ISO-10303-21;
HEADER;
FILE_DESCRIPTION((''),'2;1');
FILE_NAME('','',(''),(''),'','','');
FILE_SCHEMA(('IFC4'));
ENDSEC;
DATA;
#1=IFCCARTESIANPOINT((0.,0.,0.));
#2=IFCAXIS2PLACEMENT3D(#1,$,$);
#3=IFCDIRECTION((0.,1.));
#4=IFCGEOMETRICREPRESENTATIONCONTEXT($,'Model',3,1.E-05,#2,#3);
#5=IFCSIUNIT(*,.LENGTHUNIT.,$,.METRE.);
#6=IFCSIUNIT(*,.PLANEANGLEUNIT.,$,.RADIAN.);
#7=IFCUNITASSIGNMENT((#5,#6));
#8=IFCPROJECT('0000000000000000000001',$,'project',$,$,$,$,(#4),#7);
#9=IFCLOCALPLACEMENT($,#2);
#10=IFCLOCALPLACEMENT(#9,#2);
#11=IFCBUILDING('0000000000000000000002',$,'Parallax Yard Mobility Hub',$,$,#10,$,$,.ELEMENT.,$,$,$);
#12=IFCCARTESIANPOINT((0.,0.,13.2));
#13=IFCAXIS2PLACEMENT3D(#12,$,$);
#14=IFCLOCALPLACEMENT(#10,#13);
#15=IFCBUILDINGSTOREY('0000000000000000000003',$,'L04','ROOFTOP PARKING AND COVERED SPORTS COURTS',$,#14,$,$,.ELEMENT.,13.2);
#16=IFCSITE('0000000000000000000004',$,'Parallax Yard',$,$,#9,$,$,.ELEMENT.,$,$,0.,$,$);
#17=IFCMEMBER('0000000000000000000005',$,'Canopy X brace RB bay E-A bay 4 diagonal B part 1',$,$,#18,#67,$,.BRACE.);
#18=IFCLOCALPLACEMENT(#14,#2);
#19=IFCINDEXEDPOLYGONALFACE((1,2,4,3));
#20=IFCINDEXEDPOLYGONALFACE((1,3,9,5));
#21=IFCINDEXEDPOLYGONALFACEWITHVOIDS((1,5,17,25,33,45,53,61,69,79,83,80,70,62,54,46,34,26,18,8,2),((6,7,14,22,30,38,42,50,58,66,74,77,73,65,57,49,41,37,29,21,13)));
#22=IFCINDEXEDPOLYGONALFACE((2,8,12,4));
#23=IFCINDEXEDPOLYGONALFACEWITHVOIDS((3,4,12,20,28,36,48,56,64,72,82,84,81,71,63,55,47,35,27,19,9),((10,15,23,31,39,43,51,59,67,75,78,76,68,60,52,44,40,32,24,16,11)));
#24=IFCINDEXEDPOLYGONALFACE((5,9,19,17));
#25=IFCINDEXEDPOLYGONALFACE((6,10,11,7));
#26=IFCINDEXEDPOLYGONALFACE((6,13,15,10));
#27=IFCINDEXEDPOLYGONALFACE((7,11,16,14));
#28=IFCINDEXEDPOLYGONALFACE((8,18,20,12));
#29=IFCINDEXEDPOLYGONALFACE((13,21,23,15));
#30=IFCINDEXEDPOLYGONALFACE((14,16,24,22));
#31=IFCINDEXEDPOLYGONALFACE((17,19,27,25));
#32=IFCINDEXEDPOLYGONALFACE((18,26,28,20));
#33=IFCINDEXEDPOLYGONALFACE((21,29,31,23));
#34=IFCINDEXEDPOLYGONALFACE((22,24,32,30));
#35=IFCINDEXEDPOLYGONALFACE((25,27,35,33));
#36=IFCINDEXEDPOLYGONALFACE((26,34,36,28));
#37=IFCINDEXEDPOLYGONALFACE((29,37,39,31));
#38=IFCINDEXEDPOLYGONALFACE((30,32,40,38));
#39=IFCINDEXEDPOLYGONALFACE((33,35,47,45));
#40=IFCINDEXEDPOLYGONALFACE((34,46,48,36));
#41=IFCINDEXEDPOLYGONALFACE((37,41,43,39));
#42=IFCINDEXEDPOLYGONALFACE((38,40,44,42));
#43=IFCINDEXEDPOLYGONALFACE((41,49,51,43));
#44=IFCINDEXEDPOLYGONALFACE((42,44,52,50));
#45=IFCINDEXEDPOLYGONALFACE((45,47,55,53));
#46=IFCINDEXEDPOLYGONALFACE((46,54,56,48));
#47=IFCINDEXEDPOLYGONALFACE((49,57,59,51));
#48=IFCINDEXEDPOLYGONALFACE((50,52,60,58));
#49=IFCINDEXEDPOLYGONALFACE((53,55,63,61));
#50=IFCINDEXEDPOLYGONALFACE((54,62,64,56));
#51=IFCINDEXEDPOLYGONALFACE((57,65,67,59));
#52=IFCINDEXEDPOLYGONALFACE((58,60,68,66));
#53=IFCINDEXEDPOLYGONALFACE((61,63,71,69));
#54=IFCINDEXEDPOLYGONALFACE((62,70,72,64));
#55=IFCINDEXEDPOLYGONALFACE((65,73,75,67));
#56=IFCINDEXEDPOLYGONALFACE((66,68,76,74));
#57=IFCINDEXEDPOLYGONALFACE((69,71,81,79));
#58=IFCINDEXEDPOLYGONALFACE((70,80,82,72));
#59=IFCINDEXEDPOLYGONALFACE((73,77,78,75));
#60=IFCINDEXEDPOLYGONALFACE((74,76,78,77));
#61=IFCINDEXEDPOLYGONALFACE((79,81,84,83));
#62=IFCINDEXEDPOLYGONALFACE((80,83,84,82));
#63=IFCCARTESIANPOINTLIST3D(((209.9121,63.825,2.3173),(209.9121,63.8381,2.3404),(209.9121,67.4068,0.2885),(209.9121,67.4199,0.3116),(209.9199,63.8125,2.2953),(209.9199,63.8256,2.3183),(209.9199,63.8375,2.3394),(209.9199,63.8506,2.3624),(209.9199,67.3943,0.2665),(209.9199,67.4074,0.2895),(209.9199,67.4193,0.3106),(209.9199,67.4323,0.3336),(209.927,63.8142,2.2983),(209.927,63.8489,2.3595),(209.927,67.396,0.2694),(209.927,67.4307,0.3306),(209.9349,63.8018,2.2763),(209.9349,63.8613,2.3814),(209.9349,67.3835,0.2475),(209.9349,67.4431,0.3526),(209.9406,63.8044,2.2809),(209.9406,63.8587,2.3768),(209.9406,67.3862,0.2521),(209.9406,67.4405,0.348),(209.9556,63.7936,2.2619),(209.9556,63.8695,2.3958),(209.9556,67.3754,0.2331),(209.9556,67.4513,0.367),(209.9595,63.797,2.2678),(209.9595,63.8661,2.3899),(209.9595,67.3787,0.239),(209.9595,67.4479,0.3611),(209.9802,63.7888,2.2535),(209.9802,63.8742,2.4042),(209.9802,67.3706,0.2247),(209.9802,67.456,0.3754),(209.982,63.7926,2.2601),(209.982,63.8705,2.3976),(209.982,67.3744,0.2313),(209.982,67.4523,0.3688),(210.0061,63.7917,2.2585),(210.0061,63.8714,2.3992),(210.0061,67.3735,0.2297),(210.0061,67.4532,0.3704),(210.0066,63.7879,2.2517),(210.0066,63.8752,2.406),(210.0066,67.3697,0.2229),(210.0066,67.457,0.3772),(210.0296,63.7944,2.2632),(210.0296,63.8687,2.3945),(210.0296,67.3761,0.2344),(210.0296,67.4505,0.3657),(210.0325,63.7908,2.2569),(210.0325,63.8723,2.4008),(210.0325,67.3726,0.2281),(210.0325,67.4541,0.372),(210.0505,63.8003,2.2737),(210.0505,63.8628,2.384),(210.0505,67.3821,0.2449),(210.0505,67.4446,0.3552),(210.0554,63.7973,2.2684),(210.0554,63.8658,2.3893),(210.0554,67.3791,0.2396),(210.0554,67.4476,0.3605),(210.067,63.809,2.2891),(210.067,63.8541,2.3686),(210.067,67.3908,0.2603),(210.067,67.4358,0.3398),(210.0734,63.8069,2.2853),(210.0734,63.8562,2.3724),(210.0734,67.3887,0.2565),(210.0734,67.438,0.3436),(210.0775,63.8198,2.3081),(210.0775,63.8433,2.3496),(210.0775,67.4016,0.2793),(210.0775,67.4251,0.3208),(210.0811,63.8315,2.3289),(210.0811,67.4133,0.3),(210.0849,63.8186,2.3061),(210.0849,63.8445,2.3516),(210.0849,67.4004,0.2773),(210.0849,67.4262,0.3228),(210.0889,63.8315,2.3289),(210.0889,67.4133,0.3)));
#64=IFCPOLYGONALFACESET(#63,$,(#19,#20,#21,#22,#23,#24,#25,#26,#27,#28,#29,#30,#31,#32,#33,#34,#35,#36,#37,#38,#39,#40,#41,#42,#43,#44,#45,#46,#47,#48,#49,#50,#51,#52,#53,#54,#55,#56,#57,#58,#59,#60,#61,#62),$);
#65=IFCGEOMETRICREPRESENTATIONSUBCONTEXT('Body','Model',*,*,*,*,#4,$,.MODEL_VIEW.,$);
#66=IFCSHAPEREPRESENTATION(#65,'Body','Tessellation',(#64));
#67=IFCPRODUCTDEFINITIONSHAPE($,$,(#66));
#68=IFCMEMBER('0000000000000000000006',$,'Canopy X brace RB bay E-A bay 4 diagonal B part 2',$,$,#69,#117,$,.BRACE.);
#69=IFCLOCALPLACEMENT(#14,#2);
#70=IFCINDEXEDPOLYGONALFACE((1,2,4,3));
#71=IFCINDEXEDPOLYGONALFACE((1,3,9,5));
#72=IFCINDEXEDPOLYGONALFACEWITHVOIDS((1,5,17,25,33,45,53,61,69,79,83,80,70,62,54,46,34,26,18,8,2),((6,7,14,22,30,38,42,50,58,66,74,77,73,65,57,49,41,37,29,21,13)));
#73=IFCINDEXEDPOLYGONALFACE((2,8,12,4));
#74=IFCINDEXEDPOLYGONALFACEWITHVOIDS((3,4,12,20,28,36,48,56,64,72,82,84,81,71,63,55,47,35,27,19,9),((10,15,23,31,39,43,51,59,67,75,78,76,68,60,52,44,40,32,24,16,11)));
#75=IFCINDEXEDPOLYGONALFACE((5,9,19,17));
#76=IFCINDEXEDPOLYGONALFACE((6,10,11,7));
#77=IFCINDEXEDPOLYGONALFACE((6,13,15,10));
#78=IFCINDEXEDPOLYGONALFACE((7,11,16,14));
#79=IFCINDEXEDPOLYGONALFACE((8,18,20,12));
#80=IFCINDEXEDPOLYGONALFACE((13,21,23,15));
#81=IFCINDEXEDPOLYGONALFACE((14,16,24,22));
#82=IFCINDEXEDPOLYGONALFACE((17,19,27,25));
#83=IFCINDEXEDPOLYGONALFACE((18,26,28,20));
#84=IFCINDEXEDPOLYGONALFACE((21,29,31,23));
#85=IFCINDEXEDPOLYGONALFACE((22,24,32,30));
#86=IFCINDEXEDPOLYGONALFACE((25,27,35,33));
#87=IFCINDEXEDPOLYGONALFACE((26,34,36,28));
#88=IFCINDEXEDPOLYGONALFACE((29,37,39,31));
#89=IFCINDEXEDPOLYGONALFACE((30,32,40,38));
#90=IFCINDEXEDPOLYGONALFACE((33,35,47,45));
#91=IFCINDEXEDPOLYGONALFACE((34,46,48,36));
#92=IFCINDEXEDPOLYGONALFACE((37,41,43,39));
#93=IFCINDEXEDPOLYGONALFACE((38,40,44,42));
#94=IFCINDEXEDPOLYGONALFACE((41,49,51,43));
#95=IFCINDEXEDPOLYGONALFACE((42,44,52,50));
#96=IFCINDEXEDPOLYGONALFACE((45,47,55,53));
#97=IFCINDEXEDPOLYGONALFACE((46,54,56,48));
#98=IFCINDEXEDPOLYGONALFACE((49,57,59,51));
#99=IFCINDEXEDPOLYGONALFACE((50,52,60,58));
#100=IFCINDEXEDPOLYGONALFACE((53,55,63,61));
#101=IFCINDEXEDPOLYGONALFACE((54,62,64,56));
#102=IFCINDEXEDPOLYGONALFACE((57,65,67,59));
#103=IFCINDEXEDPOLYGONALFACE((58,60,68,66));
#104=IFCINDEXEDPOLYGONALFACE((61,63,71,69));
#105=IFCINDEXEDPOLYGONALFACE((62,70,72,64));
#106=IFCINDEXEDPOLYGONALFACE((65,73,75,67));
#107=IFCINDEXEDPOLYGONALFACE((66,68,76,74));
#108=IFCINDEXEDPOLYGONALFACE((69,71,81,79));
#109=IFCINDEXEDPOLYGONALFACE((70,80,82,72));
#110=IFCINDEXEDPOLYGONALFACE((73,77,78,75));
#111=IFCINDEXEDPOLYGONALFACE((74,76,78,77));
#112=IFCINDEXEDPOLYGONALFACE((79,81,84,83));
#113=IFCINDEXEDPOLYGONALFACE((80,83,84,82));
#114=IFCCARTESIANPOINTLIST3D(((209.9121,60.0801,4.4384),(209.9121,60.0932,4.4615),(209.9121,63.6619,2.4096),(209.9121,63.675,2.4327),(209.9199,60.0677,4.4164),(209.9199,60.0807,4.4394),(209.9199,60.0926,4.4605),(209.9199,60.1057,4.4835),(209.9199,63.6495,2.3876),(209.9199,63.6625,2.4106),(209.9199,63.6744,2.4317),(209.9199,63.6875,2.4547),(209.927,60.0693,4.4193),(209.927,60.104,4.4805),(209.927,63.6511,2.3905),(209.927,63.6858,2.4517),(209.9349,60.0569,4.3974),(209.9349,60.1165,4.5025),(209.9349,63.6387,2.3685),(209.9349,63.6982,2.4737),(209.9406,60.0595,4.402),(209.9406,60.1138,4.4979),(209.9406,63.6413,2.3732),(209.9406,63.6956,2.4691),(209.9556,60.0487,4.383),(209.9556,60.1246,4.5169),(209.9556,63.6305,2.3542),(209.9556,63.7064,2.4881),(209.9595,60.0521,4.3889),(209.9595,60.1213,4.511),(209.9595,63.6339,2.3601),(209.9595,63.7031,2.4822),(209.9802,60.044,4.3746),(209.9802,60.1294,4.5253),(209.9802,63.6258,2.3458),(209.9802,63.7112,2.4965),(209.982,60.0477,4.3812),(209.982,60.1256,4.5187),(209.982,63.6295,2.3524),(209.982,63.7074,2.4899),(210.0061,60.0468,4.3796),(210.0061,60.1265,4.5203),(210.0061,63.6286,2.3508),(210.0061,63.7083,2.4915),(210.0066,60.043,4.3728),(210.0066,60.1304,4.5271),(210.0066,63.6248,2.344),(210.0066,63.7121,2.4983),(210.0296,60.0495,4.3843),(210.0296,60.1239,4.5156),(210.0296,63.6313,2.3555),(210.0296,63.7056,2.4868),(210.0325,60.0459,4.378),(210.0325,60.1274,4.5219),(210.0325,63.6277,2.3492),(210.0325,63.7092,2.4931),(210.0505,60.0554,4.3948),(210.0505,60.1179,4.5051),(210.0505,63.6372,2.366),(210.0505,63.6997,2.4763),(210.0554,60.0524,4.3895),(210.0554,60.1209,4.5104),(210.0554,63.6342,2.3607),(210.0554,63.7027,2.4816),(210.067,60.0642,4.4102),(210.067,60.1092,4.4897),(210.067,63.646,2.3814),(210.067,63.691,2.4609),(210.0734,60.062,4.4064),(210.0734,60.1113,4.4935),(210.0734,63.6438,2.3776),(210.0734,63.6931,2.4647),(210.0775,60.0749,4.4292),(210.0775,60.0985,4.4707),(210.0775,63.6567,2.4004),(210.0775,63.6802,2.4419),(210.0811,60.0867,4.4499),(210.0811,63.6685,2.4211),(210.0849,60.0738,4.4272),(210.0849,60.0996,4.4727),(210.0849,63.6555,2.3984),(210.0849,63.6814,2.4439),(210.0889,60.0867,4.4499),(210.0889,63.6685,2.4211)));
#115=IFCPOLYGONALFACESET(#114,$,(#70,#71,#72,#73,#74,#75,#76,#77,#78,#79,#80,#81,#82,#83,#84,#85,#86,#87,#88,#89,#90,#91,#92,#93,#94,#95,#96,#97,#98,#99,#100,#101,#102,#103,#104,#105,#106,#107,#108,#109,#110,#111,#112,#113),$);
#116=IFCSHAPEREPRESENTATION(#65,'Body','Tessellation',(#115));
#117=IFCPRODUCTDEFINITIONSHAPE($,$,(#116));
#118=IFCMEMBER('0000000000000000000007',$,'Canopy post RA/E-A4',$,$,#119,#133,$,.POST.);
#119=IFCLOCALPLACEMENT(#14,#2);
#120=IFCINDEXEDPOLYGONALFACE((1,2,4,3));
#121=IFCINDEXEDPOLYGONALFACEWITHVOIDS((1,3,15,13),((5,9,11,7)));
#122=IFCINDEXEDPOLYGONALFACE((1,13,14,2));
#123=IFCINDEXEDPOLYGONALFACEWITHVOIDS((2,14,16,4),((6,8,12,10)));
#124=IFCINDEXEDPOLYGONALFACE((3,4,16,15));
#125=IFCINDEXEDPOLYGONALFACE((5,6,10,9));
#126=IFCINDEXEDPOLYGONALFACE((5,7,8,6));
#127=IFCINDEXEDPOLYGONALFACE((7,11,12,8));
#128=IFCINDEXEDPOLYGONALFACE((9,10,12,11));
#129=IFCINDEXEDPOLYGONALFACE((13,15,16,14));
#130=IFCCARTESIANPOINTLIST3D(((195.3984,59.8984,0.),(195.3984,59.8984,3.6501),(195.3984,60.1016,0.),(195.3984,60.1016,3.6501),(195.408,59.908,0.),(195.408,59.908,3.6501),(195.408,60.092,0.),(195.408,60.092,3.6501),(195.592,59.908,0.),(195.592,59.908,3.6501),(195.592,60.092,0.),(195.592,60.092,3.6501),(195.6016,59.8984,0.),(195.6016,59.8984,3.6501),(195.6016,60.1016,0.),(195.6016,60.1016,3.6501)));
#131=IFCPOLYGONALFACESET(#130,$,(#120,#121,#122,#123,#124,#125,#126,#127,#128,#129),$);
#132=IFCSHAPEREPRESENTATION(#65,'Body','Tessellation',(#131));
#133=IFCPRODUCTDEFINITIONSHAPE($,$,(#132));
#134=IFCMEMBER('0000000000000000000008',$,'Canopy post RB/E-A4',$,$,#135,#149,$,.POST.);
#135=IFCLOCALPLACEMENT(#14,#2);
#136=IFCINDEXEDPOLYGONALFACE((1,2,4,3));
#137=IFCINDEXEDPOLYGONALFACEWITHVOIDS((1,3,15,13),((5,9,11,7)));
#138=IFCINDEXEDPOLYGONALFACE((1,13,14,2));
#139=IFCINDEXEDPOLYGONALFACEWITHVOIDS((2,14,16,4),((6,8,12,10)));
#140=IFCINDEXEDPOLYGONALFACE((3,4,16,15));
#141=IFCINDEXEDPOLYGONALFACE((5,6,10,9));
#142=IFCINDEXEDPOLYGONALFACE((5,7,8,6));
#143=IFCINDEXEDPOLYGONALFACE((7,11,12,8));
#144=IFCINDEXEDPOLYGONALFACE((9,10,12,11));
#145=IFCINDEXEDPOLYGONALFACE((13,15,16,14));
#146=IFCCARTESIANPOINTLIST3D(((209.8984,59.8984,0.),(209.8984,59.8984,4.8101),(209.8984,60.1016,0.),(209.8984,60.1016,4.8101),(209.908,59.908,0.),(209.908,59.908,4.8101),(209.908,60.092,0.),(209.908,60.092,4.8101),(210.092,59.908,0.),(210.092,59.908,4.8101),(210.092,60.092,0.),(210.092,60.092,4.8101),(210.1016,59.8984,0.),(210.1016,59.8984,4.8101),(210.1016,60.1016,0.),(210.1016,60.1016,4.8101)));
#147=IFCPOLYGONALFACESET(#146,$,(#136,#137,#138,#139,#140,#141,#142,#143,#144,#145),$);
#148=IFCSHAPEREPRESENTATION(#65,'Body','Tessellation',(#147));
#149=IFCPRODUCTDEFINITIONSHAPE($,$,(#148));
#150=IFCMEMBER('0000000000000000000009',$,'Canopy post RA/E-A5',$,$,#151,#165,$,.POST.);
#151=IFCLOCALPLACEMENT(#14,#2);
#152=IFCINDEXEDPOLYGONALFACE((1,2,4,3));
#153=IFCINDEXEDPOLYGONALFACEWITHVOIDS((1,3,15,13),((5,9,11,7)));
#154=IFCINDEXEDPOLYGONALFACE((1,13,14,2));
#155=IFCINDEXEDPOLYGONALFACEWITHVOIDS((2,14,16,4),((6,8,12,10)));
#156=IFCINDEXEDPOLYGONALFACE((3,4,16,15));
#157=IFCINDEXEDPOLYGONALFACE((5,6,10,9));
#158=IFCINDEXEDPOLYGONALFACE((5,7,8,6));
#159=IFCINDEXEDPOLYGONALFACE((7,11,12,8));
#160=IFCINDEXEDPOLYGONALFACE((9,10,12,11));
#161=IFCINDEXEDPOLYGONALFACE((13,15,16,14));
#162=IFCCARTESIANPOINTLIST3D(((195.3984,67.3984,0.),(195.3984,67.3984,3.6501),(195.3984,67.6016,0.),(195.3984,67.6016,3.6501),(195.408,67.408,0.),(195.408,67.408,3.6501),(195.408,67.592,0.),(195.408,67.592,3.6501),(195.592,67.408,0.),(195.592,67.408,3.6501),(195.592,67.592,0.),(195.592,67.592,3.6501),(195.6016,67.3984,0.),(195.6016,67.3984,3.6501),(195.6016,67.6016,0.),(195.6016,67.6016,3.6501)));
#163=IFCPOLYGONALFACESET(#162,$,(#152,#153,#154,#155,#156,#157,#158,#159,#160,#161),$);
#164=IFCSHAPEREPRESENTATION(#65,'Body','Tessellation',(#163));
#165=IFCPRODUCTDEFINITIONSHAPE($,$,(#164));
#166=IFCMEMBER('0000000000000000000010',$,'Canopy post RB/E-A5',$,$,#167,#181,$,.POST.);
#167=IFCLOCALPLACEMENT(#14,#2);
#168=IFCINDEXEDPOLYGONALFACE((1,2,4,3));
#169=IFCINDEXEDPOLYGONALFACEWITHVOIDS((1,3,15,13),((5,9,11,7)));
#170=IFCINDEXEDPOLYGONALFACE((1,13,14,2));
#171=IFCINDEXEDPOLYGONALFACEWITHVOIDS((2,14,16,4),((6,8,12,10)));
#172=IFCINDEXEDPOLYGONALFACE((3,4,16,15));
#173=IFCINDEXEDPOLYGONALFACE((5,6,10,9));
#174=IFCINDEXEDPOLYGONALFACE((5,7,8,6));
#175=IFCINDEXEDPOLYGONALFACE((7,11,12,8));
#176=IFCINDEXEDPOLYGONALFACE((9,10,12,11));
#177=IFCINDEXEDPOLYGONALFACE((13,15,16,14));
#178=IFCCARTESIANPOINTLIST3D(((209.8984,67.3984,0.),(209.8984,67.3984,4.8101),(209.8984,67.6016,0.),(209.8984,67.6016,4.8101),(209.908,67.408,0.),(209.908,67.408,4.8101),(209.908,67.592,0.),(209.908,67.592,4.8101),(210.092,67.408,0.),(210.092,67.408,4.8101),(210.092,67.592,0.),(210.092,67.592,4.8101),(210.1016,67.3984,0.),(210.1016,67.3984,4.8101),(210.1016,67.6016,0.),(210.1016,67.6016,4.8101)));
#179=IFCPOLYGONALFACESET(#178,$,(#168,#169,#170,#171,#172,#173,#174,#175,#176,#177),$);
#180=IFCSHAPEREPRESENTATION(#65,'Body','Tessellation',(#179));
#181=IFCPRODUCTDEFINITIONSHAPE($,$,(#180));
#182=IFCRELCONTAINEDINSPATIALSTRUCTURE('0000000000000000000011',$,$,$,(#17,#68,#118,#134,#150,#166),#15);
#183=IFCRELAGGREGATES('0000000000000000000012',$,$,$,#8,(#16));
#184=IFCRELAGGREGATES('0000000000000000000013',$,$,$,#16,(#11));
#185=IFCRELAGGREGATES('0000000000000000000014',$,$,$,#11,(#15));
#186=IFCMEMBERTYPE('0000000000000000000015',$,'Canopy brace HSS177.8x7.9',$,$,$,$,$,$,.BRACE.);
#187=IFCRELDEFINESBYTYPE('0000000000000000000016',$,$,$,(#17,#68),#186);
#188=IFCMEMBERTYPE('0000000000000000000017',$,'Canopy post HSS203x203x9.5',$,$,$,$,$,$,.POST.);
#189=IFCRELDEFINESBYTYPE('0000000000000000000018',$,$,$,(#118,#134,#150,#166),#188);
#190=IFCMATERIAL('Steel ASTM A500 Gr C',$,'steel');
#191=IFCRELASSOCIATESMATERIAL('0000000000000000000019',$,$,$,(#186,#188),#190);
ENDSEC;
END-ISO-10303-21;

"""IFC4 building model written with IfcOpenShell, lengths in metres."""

from ifc_helpers import new_model, si_unit, direction, frame, origin, origin_2d, place, context, subcontext, project, spatial, hollow_rectangle, hollow_circle, extrude, material, material_profile, profile_set, type_object, element, save


model = new_model("IFC4")

# Units and contexts
model_context = context("Model", 3, precision=1e-05, world=origin(), true_north=direction((0.0, 1.0)))
body_context = subcontext(model_context, "Body", "Model", "MODEL_VIEW")
ifc_project = project(units=[si_unit("LENGTHUNIT", "METRE"), si_unit("PLANEANGLEUNIT", "RADIAN")], contexts=[model_context])

# Site, building, storey
site_placement = place(None, origin())
site = spatial("IfcSite", under=ifc_project, at=site_placement, Name="Parallax Yard", CompositionType="ELEMENT", RefElevation=0.0)
building_placement = place(site_placement, origin())
building = spatial("IfcBuilding", under=site, at=building_placement, Name="Parallax Yard Mobility Hub", CompositionType="ELEMENT")
storey_placement = place(building_placement, frame((0.0, 0.0, 13.2)))
storey = spatial("IfcBuildingStorey", under=building, at=storey_placement, Name="L04", Description="ROOFTOP PARKING AND COVERED SPORTS COURTS", CompositionType="ELEMENT", Elevation=13.2)

# Members
ifc_material_1 = material(Name="Steel ASTM A500 Gr C", Category="steel")
ifc_material_profile_1 = material_profile(ifc_material_1, hollow_circle(Radius=0.0889, WallThickness=0.0078, at=origin_2d()), Name="HSS177.8x7.9")
ifc_profile_set_1 = profile_set([ifc_material_profile_1], Name="Steel ASTM A500 Gr C")
member_type_1 = type_object("IfcMemberType", Name="Canopy brace HSS177.8x7.9", PredefinedType="BRACE", material=ifc_profile_set_1)
for number, where, z_axis, x_axis, name in (
    (1, (210.0, 67.4133, 0.3), (0.0, -0.870113, 0.492852), (1.0, 0.0, 0.0), "Canopy X brace RB bay E-A bay 4 diagonal B part 1"),
    (2, (210.0, 63.6685, 2.4211), (0.0, -0.870113, 0.492852), (1.0, 0.0, 0.0), "Canopy X brace RB bay E-A bay 4 diagonal B part 2"),
):
    element("IfcMember", number, at=place(storey_placement, frame(where, z_axis=z_axis, x_axis=x_axis)), inside=storey, type_object=member_type_1, Name=name, PredefinedType="BRACE", context=body_context, shape_type="SweptSolid", body=[
        extrude(hollow_circle(Radius=0.0889, WallThickness=0.0078, at=origin_2d()), origin(), (0.0, 0.0, 1.0), 4.1165),
    ])
ifc_material_profile_2 = material_profile(ifc_material_1, hollow_rectangle(XDim=0.2031, YDim=0.2031, WallThickness=0.0095, at=origin_2d()), Name="HSS203x203x9.5")
ifc_profile_set_2 = profile_set([ifc_material_profile_2], Name="Steel ASTM A500 Gr C")
member_type_2 = type_object("IfcMemberType", Name="Canopy post HSS203x203x9.5", PredefinedType="POST", material=ifc_profile_set_2)
member_1_placement = place(storey_placement, frame((195.5, 60.0, 0.0), z_axis=(0.0, 0.0, 1.0), x_axis=(1.0, 0.0, 0.0)))
element("IfcMember", 3, at=member_1_placement, inside=storey, type_object=member_type_2, Name="Canopy post RA/E-A4", PredefinedType="POST", context=body_context, shape_type="SweptSolid", body=[
    extrude(hollow_rectangle(XDim=0.2031, YDim=0.2031, WallThickness=0.0095, at=origin_2d()), origin(), (0.0, 0.0, 1.0), 3.6501),
])
member_2_placement = place(storey_placement, frame((210.0, 60.0, 0.0), z_axis=(0.0, 0.0, 1.0), x_axis=(1.0, 0.0, 0.0)))
element("IfcMember", 4, at=member_2_placement, inside=storey, type_object=member_type_2, Name="Canopy post RB/E-A4", PredefinedType="POST", context=body_context, shape_type="SweptSolid", body=[
    extrude(hollow_rectangle(XDim=0.2031, YDim=0.2031, WallThickness=0.0095, at=origin_2d()), origin(), (0.0, 0.0, 1.0), 4.8101),
])
member_3_placement = place(storey_placement, frame((195.5, 67.5, 0.0), z_axis=(0.0, 0.0, 1.0), x_axis=(1.0, 0.0, 0.0)))
element("IfcMember", 5, at=member_3_placement, inside=storey, type_object=member_type_2, Name="Canopy post RA/E-A5", PredefinedType="POST", context=body_context, shape_type="SweptSolid", body=[
    extrude(hollow_rectangle(XDim=0.2031, YDim=0.2031, WallThickness=0.0095, at=origin_2d()), origin(), (0.0, 0.0, 1.0), 3.6501),
])
member_4_placement = place(storey_placement, frame((210.0, 67.5, 0.0), z_axis=(0.0, 0.0, 1.0), x_axis=(1.0, 0.0, 0.0)))
element("IfcMember", 6, at=member_4_placement, inside=storey, type_object=member_type_2, Name="Canopy post RB/E-A5", PredefinedType="POST", context=body_context, shape_type="SweptSolid", body=[
    extrude(hollow_rectangle(XDim=0.2031, YDim=0.2031, WallThickness=0.0095, at=origin_2d()), origin(), (0.0, 0.0, 1.0), 4.8101),
])

save(model, "model.ifc")
